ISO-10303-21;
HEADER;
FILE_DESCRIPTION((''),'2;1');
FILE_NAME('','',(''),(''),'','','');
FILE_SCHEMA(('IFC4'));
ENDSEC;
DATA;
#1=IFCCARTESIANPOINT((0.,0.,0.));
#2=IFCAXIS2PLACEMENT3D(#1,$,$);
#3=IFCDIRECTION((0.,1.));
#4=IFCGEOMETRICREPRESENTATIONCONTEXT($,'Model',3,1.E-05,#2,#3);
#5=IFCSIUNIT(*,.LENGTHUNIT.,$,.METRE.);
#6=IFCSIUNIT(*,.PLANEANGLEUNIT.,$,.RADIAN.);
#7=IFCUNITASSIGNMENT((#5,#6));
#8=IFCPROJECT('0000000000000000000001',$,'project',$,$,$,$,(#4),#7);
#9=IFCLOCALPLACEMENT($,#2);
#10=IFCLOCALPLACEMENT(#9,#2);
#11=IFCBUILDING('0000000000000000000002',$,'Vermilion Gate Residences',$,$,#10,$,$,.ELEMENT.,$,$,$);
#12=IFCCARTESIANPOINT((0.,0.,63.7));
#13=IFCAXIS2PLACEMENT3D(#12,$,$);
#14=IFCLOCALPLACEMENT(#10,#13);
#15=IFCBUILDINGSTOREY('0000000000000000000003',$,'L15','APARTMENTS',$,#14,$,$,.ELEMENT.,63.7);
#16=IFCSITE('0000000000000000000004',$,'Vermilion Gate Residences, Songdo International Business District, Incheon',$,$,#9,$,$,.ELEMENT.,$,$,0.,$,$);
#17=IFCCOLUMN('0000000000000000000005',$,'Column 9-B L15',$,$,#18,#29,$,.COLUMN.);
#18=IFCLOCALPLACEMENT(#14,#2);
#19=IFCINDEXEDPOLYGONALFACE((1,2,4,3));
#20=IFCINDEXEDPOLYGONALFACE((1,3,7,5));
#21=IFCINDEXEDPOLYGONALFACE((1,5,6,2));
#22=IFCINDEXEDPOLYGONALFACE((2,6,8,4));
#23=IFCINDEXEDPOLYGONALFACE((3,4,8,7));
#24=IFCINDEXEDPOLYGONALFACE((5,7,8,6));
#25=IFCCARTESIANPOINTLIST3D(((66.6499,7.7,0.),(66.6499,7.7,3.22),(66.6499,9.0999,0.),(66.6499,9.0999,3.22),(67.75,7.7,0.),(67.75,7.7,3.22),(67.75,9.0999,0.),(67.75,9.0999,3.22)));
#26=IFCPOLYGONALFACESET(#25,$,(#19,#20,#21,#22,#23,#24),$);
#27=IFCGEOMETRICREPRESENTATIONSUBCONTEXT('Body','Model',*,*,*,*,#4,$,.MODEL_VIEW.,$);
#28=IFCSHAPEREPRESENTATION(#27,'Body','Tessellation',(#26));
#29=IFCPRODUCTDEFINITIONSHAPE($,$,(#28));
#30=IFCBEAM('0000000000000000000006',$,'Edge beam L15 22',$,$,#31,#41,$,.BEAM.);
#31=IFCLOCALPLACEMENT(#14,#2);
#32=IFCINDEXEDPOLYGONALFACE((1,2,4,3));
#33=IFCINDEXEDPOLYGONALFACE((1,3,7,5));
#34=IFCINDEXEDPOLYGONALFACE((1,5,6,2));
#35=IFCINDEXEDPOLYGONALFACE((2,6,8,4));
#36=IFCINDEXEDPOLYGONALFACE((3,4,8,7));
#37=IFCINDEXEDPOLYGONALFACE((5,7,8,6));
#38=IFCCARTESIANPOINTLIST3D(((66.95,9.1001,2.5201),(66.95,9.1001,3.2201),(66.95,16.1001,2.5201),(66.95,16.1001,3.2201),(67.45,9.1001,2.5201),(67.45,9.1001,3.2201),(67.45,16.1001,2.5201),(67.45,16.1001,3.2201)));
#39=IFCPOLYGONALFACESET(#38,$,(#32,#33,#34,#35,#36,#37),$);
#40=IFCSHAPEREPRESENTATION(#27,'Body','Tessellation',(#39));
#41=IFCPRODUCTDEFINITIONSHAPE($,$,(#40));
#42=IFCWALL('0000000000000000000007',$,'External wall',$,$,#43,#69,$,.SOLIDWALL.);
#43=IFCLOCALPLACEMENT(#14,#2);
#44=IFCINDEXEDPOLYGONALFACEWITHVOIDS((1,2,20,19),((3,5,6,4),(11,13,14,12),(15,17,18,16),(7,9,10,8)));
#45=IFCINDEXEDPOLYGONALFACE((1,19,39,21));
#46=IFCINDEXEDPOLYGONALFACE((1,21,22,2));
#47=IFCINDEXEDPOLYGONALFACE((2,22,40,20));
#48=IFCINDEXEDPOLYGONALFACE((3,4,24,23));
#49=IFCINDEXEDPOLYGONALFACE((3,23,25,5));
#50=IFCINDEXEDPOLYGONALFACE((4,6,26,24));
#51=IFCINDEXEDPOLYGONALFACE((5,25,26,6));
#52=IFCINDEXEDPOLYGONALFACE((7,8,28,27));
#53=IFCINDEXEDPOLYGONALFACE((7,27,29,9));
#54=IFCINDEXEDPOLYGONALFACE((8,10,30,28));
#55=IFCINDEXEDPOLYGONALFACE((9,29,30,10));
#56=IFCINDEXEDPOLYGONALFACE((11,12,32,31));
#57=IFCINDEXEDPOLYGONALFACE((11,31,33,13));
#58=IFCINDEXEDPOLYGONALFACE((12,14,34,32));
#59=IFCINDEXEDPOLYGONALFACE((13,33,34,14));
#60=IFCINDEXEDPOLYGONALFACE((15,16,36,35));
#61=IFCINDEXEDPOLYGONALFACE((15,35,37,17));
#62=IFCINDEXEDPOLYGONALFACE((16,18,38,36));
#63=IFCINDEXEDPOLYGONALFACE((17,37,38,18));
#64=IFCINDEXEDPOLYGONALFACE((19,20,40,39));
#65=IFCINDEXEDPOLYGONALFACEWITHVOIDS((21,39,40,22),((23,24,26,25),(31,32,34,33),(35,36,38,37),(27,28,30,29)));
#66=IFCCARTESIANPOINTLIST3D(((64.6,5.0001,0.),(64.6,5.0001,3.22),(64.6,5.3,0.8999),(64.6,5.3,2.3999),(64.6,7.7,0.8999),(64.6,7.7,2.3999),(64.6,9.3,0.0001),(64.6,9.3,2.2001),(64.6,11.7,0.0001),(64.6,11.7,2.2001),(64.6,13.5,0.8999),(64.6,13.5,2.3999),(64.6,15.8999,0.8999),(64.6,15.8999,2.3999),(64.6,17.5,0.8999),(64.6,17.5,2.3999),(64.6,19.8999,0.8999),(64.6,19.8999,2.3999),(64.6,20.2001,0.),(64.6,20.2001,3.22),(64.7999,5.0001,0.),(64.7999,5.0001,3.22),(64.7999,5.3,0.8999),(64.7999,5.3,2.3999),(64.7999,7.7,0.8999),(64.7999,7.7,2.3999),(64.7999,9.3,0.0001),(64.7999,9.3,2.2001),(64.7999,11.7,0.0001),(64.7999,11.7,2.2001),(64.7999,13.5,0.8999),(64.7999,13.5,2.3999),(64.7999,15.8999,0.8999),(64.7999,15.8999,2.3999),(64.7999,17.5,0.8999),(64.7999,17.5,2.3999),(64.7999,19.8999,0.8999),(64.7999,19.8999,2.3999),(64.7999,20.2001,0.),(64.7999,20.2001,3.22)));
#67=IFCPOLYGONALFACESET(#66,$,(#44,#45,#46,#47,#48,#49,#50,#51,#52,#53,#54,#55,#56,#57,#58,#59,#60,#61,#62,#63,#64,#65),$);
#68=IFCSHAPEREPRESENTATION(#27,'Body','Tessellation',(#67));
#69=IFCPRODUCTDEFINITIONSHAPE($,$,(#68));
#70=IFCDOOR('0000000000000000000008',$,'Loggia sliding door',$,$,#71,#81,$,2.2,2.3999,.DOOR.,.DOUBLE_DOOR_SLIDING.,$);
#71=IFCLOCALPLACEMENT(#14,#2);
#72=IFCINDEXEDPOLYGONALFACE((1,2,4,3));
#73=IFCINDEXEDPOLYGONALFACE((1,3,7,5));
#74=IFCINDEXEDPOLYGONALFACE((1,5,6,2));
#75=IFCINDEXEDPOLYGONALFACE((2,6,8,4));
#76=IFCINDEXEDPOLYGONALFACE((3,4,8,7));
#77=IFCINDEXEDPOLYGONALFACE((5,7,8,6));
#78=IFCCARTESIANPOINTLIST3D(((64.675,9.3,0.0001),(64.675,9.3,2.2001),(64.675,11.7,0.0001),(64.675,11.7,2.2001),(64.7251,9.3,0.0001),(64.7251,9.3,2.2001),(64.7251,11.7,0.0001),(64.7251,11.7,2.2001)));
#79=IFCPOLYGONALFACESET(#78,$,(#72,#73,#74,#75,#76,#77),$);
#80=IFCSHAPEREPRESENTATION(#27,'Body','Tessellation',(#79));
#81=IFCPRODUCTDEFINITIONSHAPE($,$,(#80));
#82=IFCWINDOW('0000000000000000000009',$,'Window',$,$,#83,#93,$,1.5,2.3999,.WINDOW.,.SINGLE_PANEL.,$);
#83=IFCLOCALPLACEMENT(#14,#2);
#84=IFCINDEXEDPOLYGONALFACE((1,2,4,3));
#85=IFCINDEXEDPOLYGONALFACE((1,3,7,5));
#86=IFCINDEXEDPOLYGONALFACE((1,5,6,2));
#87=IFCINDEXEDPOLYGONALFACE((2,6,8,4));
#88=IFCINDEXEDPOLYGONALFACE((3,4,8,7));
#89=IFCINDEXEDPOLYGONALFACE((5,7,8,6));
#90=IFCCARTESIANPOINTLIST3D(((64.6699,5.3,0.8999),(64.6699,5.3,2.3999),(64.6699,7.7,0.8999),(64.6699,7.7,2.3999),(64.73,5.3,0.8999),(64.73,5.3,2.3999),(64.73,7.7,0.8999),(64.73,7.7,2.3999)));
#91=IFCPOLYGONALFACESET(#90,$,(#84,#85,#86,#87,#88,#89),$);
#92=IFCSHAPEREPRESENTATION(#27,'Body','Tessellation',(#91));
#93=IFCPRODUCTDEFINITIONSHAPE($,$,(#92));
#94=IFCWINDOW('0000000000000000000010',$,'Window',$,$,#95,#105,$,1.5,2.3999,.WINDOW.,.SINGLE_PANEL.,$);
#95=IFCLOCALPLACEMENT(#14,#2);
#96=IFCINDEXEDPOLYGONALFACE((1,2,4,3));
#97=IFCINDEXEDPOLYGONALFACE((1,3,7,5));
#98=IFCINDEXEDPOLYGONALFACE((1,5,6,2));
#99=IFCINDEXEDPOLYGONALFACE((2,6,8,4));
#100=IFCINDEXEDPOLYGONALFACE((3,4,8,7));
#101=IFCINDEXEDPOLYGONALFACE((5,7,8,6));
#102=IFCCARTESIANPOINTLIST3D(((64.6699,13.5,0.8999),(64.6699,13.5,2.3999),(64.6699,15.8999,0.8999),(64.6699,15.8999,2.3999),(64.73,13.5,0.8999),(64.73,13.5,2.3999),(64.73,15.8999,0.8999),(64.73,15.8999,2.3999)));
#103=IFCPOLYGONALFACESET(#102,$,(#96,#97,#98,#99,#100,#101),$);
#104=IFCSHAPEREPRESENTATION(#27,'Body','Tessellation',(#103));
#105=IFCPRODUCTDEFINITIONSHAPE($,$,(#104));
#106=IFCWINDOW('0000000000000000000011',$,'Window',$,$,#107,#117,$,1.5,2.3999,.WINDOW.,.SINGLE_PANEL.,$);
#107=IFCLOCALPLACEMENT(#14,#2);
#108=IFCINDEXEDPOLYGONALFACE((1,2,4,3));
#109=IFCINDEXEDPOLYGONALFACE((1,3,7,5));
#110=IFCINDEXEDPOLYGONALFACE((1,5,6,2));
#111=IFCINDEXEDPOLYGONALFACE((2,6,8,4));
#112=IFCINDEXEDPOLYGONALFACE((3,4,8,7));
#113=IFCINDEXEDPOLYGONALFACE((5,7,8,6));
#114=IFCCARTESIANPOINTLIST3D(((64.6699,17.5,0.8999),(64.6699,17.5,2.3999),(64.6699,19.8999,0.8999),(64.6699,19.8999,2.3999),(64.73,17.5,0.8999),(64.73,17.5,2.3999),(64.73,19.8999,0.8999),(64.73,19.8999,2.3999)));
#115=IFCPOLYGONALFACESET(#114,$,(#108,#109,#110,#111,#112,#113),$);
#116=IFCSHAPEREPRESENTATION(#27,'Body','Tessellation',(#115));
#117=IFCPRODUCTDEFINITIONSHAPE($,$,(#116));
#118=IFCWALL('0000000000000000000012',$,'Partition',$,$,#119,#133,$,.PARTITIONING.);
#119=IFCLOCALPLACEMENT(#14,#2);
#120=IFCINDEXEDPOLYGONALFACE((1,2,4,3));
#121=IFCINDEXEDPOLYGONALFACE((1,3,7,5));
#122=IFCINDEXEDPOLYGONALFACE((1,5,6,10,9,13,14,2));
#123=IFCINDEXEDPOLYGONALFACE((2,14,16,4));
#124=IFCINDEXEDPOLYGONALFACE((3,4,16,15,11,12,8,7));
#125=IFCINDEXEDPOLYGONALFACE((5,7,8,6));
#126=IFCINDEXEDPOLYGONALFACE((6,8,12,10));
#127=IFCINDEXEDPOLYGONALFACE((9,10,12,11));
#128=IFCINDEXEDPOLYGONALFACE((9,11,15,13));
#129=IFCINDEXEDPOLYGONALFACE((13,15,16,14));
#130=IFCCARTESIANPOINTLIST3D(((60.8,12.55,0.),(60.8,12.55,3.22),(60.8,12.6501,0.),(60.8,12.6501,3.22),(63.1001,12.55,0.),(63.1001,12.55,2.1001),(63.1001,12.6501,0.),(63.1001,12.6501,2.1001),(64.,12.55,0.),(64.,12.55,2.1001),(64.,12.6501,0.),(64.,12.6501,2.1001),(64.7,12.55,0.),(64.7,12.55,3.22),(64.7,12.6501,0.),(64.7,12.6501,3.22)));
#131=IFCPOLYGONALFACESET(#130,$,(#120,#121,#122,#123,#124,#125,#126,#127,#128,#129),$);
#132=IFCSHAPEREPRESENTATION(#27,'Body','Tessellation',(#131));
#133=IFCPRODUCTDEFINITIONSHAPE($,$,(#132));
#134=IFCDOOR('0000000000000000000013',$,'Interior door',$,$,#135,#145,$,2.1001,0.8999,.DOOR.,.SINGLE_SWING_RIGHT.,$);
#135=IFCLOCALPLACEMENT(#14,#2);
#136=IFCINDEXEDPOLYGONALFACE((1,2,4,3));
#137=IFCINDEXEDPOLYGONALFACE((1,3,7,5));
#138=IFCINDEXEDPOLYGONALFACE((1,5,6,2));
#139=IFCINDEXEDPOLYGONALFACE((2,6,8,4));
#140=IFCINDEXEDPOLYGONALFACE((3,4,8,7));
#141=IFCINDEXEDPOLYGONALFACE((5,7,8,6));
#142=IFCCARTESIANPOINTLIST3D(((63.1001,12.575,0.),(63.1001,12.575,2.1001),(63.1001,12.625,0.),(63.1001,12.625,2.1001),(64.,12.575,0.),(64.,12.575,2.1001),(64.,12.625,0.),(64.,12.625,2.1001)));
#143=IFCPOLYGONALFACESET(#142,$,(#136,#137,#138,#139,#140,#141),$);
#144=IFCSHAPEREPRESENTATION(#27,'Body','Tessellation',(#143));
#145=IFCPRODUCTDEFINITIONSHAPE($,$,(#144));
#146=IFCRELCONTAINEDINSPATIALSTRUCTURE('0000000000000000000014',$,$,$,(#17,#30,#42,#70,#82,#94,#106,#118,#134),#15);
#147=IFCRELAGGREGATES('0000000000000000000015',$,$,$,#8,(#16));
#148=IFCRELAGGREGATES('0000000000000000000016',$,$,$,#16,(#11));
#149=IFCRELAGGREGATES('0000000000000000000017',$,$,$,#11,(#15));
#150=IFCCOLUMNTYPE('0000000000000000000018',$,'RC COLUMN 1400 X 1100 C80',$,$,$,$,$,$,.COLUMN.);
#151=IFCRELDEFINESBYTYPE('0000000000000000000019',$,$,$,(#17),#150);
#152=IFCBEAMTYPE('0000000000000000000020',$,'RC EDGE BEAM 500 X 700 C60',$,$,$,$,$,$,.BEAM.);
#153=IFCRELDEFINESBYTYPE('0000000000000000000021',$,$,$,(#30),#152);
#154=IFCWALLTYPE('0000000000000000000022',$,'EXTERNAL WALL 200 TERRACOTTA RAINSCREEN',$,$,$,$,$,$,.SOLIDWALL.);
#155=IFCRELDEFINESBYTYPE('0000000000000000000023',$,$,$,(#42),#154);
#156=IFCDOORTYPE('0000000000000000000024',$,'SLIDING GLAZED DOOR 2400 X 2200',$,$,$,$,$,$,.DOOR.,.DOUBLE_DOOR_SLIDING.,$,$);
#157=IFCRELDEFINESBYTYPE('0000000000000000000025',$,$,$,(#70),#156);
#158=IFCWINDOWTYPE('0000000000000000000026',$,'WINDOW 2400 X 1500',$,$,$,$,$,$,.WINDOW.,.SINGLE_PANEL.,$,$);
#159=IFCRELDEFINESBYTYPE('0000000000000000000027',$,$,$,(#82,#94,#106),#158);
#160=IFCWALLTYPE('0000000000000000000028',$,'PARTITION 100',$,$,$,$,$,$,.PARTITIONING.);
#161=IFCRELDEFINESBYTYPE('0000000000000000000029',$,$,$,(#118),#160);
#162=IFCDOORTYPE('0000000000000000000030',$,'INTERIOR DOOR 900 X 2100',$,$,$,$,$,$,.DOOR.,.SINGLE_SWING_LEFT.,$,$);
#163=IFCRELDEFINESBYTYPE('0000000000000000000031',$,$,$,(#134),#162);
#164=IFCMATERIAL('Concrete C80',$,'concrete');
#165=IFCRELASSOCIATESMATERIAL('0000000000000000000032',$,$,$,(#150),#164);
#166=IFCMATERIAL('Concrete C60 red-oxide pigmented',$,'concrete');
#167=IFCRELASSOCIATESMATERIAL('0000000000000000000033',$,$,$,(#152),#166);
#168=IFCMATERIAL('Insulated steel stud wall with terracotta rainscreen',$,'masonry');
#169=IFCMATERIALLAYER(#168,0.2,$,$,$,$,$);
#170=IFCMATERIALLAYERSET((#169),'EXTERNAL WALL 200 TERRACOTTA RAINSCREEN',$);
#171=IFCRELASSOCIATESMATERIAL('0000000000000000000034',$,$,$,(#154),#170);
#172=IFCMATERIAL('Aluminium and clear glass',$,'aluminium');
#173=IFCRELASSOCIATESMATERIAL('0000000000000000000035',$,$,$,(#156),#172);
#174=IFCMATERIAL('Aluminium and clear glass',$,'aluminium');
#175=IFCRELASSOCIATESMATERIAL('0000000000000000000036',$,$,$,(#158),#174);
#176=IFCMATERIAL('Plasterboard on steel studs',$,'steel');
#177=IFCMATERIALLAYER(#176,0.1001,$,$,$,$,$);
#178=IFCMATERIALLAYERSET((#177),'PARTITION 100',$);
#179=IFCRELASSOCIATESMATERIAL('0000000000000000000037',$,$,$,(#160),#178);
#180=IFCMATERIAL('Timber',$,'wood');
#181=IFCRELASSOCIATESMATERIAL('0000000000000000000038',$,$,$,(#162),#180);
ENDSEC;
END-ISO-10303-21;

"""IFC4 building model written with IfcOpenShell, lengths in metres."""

from ifc_helpers import new_model, si_unit, direction, frame, frame_2d, origin, origin_2d, place, context, subcontext, project, spatial, rectangle, extrude, material, layer, layer_set, material_profile, profile_set, type_object, element, fill, save


model = new_model("IFC4")

# Units and contexts
model_context = context("Model", 3, precision=1e-05, world=origin(), true_north=direction((0.0, 1.0)))
body_context = subcontext(model_context, "Body", "Model", "MODEL_VIEW")
ifc_project = project(units=[si_unit("LENGTHUNIT", "METRE"), si_unit("PLANEANGLEUNIT", "RADIAN")], contexts=[model_context])

# Site, building, storey
site_placement = place(None, origin())
site = spatial("IfcSite", under=ifc_project, at=site_placement, Name="Vermilion Gate Residences, Songdo International Business District, Incheon", CompositionType="ELEMENT", RefElevation=0.0)
building_placement = place(site_placement, origin())
building = spatial("IfcBuilding", under=site, at=building_placement, Name="Vermilion Gate Residences", CompositionType="ELEMENT")
storey_placement = place(building_placement, frame((0.0, 0.0, 63.7)))
storey = spatial("IfcBuildingStorey", under=building, at=storey_placement, Name="L15", Description="APARTMENTS", CompositionType="ELEMENT", Elevation=63.7)

# Column
ifc_material_1 = material(Name="Concrete C80", Category="concrete")
ifc_material_profile_1 = material_profile(ifc_material_1, rectangle(XDim=1.3999, YDim=1.1001, at=origin_2d()), Name="RC-1400x1100")
ifc_profile_set_1 = profile_set([ifc_material_profile_1], Name="Concrete C80")
column_type = type_object("IfcColumnType", Name="RC COLUMN 1400 X 1100 C80", PredefinedType="COLUMN", material=ifc_profile_set_1)
column_placement = place(storey_placement, frame((67.2, 8.3999, 0.0), z_axis=(0.0, 0.0, 1.0), x_axis=(0.0, 1.0, 0.0)))
element("IfcColumn", 1, at=column_placement, inside=storey, type_object=column_type, Name="Column 9-B L15", PredefinedType="COLUMN", context=body_context, shape_type="SweptSolid", body=[
    extrude(rectangle(XDim=1.3999, YDim=1.1001, at=origin_2d()), origin(), (0.0, 0.0, 1.0), 3.22),
])

# Beam
ifc_material_2 = material(Name="Concrete C60 red-oxide pigmented", Category="concrete")
ifc_material_profile_2 = material_profile(ifc_material_2, rectangle(XDim=0.5, YDim=0.7, at=origin_2d()), Name="RC-500x700")
ifc_profile_set_2 = profile_set([ifc_material_profile_2], Name="Concrete C60 red-oxide pigmented")
beam_type = type_object("IfcBeamType", Name="RC EDGE BEAM 500 X 700 C60", PredefinedType="BEAM", material=ifc_profile_set_2)
beam_placement = place(storey_placement, frame((67.2, 9.1001, 2.8701), z_axis=(0.0, 1.0, 0.0), x_axis=(-1.0, 0.0, 0.0)))
element("IfcBeam", 2, at=beam_placement, inside=storey, type_object=beam_type, Name="Edge beam L15 22", PredefinedType="BEAM", context=body_context, shape_type="SweptSolid", body=[
    extrude(rectangle(XDim=0.5, YDim=0.7, at=origin_2d()), origin(), (0.0, 0.0, 1.0), 7.0),
])

# Wall, openings, door, windows
ifc_material_3 = material(Name="Insulated steel stud wall with terracotta rainscreen", Category="masonry")
ifc_layer_1 = layer(ifc_material_3, 0.2)
ifc_layer_set_1 = layer_set([ifc_layer_1], Name="EXTERNAL WALL 200 TERRACOTTA RAINSCREEN")
wall_type_1 = type_object("IfcWallType", Name="EXTERNAL WALL 200 TERRACOTTA RAINSCREEN", PredefinedType="SOLIDWALL", material=ifc_layer_set_1)
wall_1_placement = place(storey_placement, frame((64.7, 5.0, 0.0), z_axis=(0.0, 0.0, 1.0), x_axis=(0.0, 1.0, 0.0)))
wall_1 = element("IfcWall", 3, at=wall_1_placement, inside=storey, type_object=wall_type_1, Name="External wall", PredefinedType="SOLIDWALL", context=body_context, shape_type="SweptSolid", body=[
    extrude(rectangle(XDim=15.2, YDim=0.2, at=frame_2d((7.6001, 0.0))), origin(), (0.0, 0.0, 1.0), 3.22),
])
opening_1_placement = place(wall_1_placement, frame((0.3, 0.0, 0.8999)))
opening_1 = element("IfcOpeningElement", 4, at=opening_1_placement, cuts=wall_1, PredefinedType="OPENING", context=body_context, shape_type="SweptSolid", body=[
    extrude(rectangle(XDim=2.3999, YDim=1.5, at=frame_2d((1.2, 0.75))), frame((0.0, 0.1099, 0.0), z_axis=(0.0, -1.0, 0.0), x_axis=(1.0, 0.0, 0.0)), (0.0, 0.0, 1.0), 0.22),
])
opening_2_placement = place(wall_1_placement, frame((4.3, 0.0, 0.0)))
opening_2 = element("IfcOpeningElement", 5, at=opening_2_placement, cuts=wall_1, PredefinedType="OPENING", context=body_context, shape_type="SweptSolid", body=[
    extrude(rectangle(XDim=2.3999, YDim=2.2, at=frame_2d((1.2, 1.1001))), frame((0.0, 0.1099, 0.0), z_axis=(0.0, -1.0, 0.0), x_axis=(1.0, 0.0, 0.0)), (0.0, 0.0, 1.0), 0.22),
])
opening_3_placement = place(wall_1_placement, frame((8.5, 0.0, 0.8999)))
opening_3 = element("IfcOpeningElement", 6, at=opening_3_placement, cuts=wall_1, PredefinedType="OPENING", context=body_context, shape_type="SweptSolid", body=[
    extrude(rectangle(XDim=2.3999, YDim=1.5, at=frame_2d((1.2, 0.75))), frame((0.0, 0.1099, 0.0), z_axis=(0.0, -1.0, 0.0), x_axis=(1.0, 0.0, 0.0)), (0.0, 0.0, 1.0), 0.22),
])
opening_4_placement = place(wall_1_placement, frame((12.5, 0.0, 0.8999)))
opening_4 = element("IfcOpeningElement", 7, at=opening_4_placement, cuts=wall_1, PredefinedType="OPENING", context=body_context, shape_type="SweptSolid", body=[
    extrude(rectangle(XDim=2.3999, YDim=1.5, at=frame_2d((1.2, 0.75))), frame((0.0, 0.1099, 0.0), z_axis=(0.0, -1.0, 0.0), x_axis=(1.0, 0.0, 0.0)), (0.0, 0.0, 1.0), 0.22),
])
ifc_material_4 = material(Name="Aluminium and clear glass", Category="aluminium")
door_type_1 = type_object("IfcDoorType", Name="SLIDING GLAZED DOOR 2400 X 2200", OperationType="DOUBLE_DOOR_SLIDING", PredefinedType="DOOR", material=ifc_material_4)
door_1_placement = place(opening_2_placement, origin())
door_1 = element("IfcDoor", 8, at=door_1_placement, inside=storey, type_object=door_type_1, Name="Loggia sliding door", OperationType="DOUBLE_DOOR_SLIDING", OverallHeight=2.2, OverallWidth=2.3999, PredefinedType="DOOR", context=body_context, shape_type="SweptSolid", body=[
    extrude(rectangle(XDim=2.3999, YDim=2.2, at=frame_2d((1.2, 1.1001))), frame((0.0, 0.0249, 0.0), z_axis=(0.0, -1.0, 0.0), x_axis=(1.0, 0.0, 0.0)), (0.0, 0.0, 1.0), 0.05),
])
fill(opening_2, door_1)
ifc_material_5 = material(Name="Aluminium and clear glass", Category="aluminium")
window_type = type_object("IfcWindowType", Name="WINDOW 2400 X 1500", PartitioningType="SINGLE_PANEL", PredefinedType="WINDOW", material=ifc_material_5)
window_1_placement = place(opening_1_placement, origin())
window_1 = element("IfcWindow", 9, at=window_1_placement, inside=storey, type_object=window_type, Name="Window", OverallHeight=1.5, OverallWidth=2.3999, PartitioningType="SINGLE_PANEL", PredefinedType="WINDOW", context=body_context, shape_type="SweptSolid", body=[
    extrude(rectangle(XDim=2.3999, YDim=1.5, at=frame_2d((1.2, 0.75))), frame((0.0, 0.03, 0.0), z_axis=(0.0, -1.0, 0.0), x_axis=(1.0, 0.0, 0.0)), (0.0, 0.0, 1.0), 0.0601),
])
fill(opening_1, window_1)
window_2_placement = place(opening_3_placement, origin())
window_2 = element("IfcWindow", 10, at=window_2_placement, inside=storey, type_object=window_type, Name="Window", OverallHeight=1.5, OverallWidth=2.3999, PartitioningType="SINGLE_PANEL", PredefinedType="WINDOW", context=body_context, shape_type="SweptSolid", body=[
    extrude(rectangle(XDim=2.3999, YDim=1.5, at=frame_2d((1.2, 0.75))), frame((0.0, 0.03, 0.0), z_axis=(0.0, -1.0, 0.0), x_axis=(1.0, 0.0, 0.0)), (0.0, 0.0, 1.0), 0.0601),
])
fill(opening_3, window_2)
window_3_placement = place(opening_4_placement, origin())
window_3 = element("IfcWindow", 11, at=window_3_placement, inside=storey, type_object=window_type, Name="Window", OverallHeight=1.5, OverallWidth=2.3999, PartitioningType="SINGLE_PANEL", PredefinedType="WINDOW", context=body_context, shape_type="SweptSolid", body=[
    extrude(rectangle(XDim=2.3999, YDim=1.5, at=frame_2d((1.2, 0.75))), frame((0.0, 0.03, 0.0), z_axis=(0.0, -1.0, 0.0), x_axis=(1.0, 0.0, 0.0)), (0.0, 0.0, 1.0), 0.0601),
])
fill(opening_4, window_3)

# Wall, opening, door
ifc_material_6 = material(Name="Plasterboard on steel studs", Category="steel")
ifc_layer_2 = layer(ifc_material_6, 0.1001)
ifc_layer_set_2 = layer_set([ifc_layer_2], Name="PARTITION 100")
wall_type_2 = type_object("IfcWallType", Name="PARTITION 100", PredefinedType="PARTITIONING", material=ifc_layer_set_2)
wall_2_placement = place(storey_placement, frame((60.8, 12.6001, 0.0), z_axis=(0.0, 0.0, 1.0), x_axis=(1.0, 0.0, 0.0)))
wall_2 = element("IfcWall", 12, at=wall_2_placement, inside=storey, type_object=wall_type_2, Name="Partition", PredefinedType="PARTITIONING", context=body_context, shape_type="SweptSolid", body=[
    extrude(rectangle(XDim=3.8999, YDim=0.1001, at=frame_2d((1.95, 0.0))), origin(), (0.0, 0.0, 1.0), 3.22),
])
opening_5_placement = place(wall_2_placement, frame((2.3, 0.0, 0.0)))
opening_5 = element("IfcOpeningElement", 13, at=opening_5_placement, cuts=wall_2, PredefinedType="OPENING", context=body_context, shape_type="SweptSolid", body=[
    extrude(rectangle(XDim=0.8999, YDim=2.1001, at=frame_2d((0.45, 1.05))), frame((0.0, 0.0601, 0.0), z_axis=(0.0, -1.0, 0.0), x_axis=(1.0, 0.0, 0.0)), (0.0, 0.0, 1.0), 0.1201),
])
ifc_material_7 = material(Name="Timber", Category="wood")
door_type_2 = type_object("IfcDoorType", Name="INTERIOR DOOR 900 X 2100", OperationType="SINGLE_SWING_LEFT", PredefinedType="DOOR", material=ifc_material_7)
door_2_placement = place(opening_5_placement, origin())
door_2 = element("IfcDoor", 14, at=door_2_placement, inside=storey, type_object=door_type_2, Name="Interior door", OperationType="SINGLE_SWING_RIGHT", OverallHeight=2.1001, OverallWidth=0.8999, PredefinedType="DOOR", context=body_context, shape_type="SweptSolid", body=[
    extrude(rectangle(XDim=0.8999, YDim=2.1001, at=frame_2d((0.45, 1.05))), frame((0.0, 0.0249, 0.0), z_axis=(0.0, -1.0, 0.0), x_axis=(1.0, 0.0, 0.0)), (0.0, 0.0, 1.0), 0.05),
])
fill(opening_5, door_2)

save(model, "model.ifc")
